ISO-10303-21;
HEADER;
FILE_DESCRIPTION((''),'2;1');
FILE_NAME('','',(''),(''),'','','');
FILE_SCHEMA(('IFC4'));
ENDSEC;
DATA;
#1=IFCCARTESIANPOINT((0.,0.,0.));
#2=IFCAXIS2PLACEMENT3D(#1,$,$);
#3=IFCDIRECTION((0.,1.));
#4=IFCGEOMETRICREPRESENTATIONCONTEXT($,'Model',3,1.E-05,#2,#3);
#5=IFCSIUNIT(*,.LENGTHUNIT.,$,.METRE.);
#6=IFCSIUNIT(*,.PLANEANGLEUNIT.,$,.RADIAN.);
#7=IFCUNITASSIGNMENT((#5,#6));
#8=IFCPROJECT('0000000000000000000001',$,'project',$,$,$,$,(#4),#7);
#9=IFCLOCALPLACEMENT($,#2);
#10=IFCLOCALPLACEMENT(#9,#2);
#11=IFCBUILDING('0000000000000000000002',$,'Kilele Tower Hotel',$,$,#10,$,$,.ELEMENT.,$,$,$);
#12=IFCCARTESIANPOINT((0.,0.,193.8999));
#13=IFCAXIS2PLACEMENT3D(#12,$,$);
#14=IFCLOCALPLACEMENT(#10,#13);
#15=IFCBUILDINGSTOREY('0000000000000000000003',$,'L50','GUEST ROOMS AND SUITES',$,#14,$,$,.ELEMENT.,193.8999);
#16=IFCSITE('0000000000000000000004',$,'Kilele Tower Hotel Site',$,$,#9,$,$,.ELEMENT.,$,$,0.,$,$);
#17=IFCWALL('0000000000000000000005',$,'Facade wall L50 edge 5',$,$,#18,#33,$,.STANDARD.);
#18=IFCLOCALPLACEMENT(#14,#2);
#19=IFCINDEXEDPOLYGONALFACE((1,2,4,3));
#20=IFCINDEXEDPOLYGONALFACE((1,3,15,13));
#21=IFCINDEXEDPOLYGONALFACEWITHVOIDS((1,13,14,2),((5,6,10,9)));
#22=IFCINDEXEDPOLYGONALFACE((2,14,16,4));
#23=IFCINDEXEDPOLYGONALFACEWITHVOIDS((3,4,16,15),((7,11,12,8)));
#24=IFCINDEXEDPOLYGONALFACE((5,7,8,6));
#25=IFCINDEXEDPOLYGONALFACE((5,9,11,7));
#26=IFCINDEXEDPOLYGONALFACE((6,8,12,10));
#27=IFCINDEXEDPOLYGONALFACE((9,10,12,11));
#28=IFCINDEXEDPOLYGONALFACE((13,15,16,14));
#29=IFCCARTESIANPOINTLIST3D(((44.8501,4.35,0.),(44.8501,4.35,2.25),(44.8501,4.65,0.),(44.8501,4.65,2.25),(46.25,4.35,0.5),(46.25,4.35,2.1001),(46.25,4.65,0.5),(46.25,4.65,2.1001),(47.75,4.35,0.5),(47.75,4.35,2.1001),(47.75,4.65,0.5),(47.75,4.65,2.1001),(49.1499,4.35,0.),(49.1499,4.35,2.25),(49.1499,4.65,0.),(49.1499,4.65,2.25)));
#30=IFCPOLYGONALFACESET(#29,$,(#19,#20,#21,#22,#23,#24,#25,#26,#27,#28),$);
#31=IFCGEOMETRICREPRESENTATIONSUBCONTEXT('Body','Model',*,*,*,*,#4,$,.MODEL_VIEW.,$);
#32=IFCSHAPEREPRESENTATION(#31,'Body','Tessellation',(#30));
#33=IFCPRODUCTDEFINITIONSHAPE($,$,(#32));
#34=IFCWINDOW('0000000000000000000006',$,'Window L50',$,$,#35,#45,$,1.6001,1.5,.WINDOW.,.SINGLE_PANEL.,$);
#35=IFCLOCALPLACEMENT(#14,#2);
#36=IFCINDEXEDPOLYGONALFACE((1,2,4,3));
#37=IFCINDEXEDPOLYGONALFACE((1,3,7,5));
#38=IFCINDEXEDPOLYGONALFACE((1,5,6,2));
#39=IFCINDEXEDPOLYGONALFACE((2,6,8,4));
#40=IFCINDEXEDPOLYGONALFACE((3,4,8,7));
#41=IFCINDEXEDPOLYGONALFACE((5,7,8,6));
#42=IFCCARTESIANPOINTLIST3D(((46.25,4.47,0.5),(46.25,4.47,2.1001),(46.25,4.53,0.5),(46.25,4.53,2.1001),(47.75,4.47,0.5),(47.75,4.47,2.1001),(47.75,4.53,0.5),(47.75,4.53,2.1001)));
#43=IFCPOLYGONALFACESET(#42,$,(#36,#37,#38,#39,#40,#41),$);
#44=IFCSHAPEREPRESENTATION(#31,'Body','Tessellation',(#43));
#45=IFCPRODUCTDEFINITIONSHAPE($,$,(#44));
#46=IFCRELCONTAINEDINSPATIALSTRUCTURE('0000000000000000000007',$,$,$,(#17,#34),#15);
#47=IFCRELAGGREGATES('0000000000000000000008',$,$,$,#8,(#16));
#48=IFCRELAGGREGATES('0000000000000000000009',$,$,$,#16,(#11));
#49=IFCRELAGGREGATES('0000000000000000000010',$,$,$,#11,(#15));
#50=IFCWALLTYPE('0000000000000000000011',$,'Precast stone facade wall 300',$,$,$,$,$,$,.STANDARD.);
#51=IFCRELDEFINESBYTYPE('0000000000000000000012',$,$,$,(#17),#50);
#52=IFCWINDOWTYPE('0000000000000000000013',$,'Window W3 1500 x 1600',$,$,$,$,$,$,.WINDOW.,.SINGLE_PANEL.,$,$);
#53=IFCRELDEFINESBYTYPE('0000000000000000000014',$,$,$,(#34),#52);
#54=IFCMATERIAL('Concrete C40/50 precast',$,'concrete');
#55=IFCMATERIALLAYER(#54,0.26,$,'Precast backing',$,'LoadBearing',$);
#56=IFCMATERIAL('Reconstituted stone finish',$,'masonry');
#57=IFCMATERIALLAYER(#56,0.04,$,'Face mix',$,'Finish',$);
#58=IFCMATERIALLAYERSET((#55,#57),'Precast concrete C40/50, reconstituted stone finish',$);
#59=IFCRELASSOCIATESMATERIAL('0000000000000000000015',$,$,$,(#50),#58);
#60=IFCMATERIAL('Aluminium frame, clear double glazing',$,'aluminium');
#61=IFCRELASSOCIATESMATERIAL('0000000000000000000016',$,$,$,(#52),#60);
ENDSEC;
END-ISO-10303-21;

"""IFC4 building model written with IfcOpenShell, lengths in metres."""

from ifc_helpers import new_model, si_unit, direction, frame, frame_2d, origin, place, context, subcontext, project, spatial, rectangle, extrude, material, layer, layer_set, type_object, element, fill, save


model = new_model("IFC4")

# Units and contexts
model_context = context("Model", 3, precision=1e-05, world=origin(), true_north=direction((0.0, 1.0)))
body_context = subcontext(model_context, "Body", "Model", "MODEL_VIEW")
ifc_project = project(units=[si_unit("LENGTHUNIT", "METRE"), si_unit("PLANEANGLEUNIT", "RADIAN")], contexts=[model_context])

# Site, building, storey
site_placement = place(None, origin())
site = spatial("IfcSite", under=ifc_project, at=site_placement, Name="Kilele Tower Hotel Site", CompositionType="ELEMENT", RefElevation=0.0)
building_placement = place(site_placement, origin())
building = spatial("IfcBuilding", under=site, at=building_placement, Name="Kilele Tower Hotel", CompositionType="ELEMENT")
storey_placement = place(building_placement, frame((0.0, 0.0, 193.8999)))
storey = spatial("IfcBuildingStorey", under=building, at=storey_placement, Name="L50", Description="GUEST ROOMS AND SUITES", CompositionType="ELEMENT", Elevation=193.8999)

# Wall, opening, window
ifc_material_1 = material(Name="Concrete C40/50 precast", Category="concrete")
ifc_layer_1 = layer(ifc_material_1, 0.26, Name="Precast backing", Category="LoadBearing")
ifc_material_2 = material(Name="Reconstituted stone finish", Category="masonry")
ifc_layer_2 = layer(ifc_material_2, 0.04, Name="Face mix", Category="Finish")
ifc_layer_set_1 = layer_set([ifc_layer_1, ifc_layer_2], Name="Precast concrete C40/50, reconstituted stone finish")
wall_type_1 = type_object("IfcWallType", Name="Precast stone facade wall 300", PredefinedType="STANDARD", material=ifc_layer_set_1)
wall_1_placement = place(storey_placement, frame((44.8501, 4.5, 0.0), z_axis=(0.0, 0.0, 1.0), x_axis=(1.0, 0.0, 0.0)))
wall_1 = element("IfcWall", 1, at=wall_1_placement, inside=storey, type_object=wall_type_1, Name="Facade wall L50 edge 5", PredefinedType="STANDARD", context=body_context, shape_type="SweptSolid", body=[
    extrude(rectangle(XDim=4.2998, YDim=0.3, at=frame_2d((2.1499, 0.0))), origin(), (0.0, 0.0, 1.0), 2.25),
])
opening_1_placement = place(wall_1_placement, frame((1.3999, 0.0, 0.5)))
opening_1 = element("IfcOpeningElement", 2, at=opening_1_placement, cuts=wall_1, PredefinedType="OPENING", context=body_context, shape_type="SweptSolid", body=[
    extrude(rectangle(XDim=1.5, YDim=1.6001, at=frame_2d((0.75, 0.8))), frame((0.0, 0.1599, 0.0), z_axis=(0.0, -1.0, 0.0), x_axis=(1.0, 0.0, 0.0)), (0.0, 0.0, 1.0), 0.3201),
])
ifc_material_3 = material(Name="Aluminium frame, clear double glazing", Category="aluminium")
window_type_1 = type_object("IfcWindowType", Name="Window W3 1500 x 1600", PartitioningType="SINGLE_PANEL", PredefinedType="WINDOW", material=ifc_material_3)
window_1_placement = place(opening_1_placement, origin())
window_1 = element("IfcWindow", 3, at=window_1_placement, inside=storey, type_object=window_type_1, Name="Window L50", OverallHeight=1.6001, OverallWidth=1.5, PartitioningType="SINGLE_PANEL", PredefinedType="WINDOW", context=body_context, shape_type="SweptSolid", body=[
    extrude(rectangle(XDim=1.5, YDim=1.6001, at=frame_2d((0.75, 0.8))), frame((0.0, 0.03, 0.0), z_axis=(0.0, -1.0, 0.0), x_axis=(1.0, 0.0, 0.0)), (0.0, 0.0, 1.0), 0.0601),
])
fill(opening_1, window_1)

save(model, "model.ifc")
